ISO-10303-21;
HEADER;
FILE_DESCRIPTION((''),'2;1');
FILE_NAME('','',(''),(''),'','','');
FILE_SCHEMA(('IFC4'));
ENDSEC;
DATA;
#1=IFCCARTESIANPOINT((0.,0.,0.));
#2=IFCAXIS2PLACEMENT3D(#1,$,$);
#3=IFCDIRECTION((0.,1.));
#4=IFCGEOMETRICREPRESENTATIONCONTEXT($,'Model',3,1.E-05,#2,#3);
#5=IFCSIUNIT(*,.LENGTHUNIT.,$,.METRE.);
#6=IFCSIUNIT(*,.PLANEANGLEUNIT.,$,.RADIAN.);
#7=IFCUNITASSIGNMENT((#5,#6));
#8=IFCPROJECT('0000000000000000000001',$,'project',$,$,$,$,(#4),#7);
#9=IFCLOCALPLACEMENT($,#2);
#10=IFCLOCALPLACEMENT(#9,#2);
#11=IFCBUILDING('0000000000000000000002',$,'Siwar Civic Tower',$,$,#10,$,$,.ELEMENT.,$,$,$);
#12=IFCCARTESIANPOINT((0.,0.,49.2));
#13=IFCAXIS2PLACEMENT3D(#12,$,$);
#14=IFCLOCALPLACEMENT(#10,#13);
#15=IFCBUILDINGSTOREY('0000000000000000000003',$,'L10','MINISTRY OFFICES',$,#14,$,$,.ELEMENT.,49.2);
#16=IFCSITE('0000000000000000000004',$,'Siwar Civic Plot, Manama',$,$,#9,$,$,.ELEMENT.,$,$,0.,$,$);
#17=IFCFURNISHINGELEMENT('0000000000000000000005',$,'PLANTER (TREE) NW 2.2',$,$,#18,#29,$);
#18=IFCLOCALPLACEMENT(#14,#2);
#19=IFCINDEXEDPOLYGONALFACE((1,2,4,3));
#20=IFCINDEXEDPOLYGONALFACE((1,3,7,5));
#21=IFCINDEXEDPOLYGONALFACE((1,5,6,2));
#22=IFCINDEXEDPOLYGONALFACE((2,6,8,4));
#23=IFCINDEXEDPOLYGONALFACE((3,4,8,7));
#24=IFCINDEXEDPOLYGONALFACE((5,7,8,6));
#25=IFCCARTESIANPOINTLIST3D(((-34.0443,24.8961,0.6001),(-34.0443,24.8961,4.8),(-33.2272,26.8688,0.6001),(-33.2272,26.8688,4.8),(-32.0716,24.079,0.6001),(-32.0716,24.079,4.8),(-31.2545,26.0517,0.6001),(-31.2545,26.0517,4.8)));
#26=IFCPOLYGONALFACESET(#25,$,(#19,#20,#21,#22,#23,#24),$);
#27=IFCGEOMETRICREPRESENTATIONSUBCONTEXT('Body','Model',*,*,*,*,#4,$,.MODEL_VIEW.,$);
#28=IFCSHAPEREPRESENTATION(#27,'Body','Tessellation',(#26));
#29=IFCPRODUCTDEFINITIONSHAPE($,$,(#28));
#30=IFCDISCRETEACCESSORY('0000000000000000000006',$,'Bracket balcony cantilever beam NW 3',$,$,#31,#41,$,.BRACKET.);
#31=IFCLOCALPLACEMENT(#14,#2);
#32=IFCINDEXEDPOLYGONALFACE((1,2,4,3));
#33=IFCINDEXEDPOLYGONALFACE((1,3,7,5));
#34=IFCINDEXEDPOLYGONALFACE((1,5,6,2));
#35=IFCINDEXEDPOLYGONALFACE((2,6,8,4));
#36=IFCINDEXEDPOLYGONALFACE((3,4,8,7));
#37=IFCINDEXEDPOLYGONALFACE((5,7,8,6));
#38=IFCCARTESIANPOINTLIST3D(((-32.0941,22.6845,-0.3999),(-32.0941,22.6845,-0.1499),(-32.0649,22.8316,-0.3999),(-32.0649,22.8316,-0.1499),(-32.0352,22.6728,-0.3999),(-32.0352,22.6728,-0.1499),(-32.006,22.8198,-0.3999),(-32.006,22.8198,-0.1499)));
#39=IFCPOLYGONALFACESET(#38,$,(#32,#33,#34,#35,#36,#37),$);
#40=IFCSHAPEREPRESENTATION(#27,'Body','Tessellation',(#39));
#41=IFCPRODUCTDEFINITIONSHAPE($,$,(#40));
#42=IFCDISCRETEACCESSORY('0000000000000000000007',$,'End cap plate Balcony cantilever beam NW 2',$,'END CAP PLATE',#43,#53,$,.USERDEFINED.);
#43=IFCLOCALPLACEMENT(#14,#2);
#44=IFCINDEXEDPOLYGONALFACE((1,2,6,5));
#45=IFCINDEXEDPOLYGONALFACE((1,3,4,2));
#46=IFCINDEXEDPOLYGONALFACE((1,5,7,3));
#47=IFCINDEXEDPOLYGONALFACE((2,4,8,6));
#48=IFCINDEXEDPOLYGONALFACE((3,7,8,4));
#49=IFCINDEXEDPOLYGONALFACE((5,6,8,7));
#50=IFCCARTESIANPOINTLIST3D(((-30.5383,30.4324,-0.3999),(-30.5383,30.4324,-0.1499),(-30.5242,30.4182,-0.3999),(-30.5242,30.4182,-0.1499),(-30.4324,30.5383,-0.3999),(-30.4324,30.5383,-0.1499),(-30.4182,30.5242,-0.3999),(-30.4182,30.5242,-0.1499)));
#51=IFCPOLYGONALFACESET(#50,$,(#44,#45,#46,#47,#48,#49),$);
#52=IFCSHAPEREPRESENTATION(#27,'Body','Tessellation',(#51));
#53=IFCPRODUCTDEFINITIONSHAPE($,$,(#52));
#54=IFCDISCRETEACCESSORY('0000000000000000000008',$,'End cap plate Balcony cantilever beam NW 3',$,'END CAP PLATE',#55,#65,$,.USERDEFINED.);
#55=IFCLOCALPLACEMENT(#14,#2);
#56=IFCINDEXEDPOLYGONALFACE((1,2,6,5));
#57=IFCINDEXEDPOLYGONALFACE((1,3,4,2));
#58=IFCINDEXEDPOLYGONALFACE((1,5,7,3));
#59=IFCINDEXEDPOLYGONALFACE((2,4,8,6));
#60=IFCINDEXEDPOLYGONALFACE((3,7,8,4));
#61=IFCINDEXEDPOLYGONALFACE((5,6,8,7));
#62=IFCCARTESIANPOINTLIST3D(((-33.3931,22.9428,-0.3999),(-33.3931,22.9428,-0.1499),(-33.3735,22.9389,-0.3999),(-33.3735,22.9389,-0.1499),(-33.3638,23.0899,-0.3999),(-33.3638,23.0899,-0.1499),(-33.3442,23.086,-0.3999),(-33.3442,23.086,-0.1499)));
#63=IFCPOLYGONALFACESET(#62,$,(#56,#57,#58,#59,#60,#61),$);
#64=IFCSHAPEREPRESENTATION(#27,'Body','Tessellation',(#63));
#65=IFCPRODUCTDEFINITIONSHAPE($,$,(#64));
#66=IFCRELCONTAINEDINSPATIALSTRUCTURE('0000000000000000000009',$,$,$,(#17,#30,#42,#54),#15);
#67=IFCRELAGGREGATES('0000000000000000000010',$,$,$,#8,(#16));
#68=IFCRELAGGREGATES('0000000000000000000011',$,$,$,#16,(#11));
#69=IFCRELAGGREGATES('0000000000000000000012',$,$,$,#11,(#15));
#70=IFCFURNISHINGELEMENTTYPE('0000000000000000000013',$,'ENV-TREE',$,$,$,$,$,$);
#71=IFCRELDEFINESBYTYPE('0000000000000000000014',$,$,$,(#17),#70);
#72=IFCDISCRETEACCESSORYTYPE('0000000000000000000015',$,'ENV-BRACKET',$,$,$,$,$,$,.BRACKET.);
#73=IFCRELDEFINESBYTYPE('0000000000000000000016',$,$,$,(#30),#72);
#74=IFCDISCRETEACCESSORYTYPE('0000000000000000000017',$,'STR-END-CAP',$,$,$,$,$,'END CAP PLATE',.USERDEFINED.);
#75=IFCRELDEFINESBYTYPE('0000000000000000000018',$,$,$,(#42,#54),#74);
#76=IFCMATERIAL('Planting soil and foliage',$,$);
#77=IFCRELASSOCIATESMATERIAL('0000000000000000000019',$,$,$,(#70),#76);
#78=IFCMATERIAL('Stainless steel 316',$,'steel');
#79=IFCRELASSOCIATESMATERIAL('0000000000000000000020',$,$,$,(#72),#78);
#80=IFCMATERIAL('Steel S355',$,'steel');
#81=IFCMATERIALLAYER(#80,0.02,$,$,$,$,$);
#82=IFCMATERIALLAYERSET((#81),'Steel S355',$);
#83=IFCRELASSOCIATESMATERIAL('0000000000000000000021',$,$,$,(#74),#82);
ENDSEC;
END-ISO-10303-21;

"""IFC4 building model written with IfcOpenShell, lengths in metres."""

from ifc_helpers import new_model, si_unit, direction, frame, origin, origin_2d, place, context, subcontext, project, spatial, rectangle, extrude, material, layer, layer_set, type_object, element, save


model = new_model("IFC4")

# Units and contexts
model_context = context("Model", 3, precision=1e-05, world=origin(), true_north=direction((0.0, 1.0)))
body_context = subcontext(model_context, "Body", "Model", "MODEL_VIEW")
ifc_project = project(units=[si_unit("LENGTHUNIT", "METRE"), si_unit("PLANEANGLEUNIT", "RADIAN")], contexts=[model_context])

# Site, building, storey
site_placement = place(None, origin())
site = spatial("IfcSite", under=ifc_project, at=site_placement, Name="Siwar Civic Plot, Manama", CompositionType="ELEMENT", RefElevation=0.0)
building_placement = place(site_placement, origin())
building = spatial("IfcBuilding", under=site, at=building_placement, Name="Siwar Civic Tower", CompositionType="ELEMENT")
storey_placement = place(building_placement, frame((0.0, 0.0, 49.2)))
storey = spatial("IfcBuildingStorey", under=building, at=storey_placement, Name="L10", Description="MINISTRY OFFICES", CompositionType="ELEMENT", Elevation=49.2)

# Furnishing element
ifc_material_1 = material(Name="Planting soil and foliage")
furnishing_element_type_1 = type_object("IfcFurnishingElementType", Name="ENV-TREE", material=ifc_material_1)
for number, where, z_axis, x_axis, name in (
    (1, (-32.6494, 25.4739, 0.6001), (0.0, 0.0, 1.0), (-0.382683, -0.92388, 0.0), "PLANTER (TREE) NW 2.2"),
):
    element("IfcFurnishingElement", number, at=place(storey_placement, frame(where, z_axis=z_axis, x_axis=x_axis)), inside=storey, type_object=furnishing_element_type_1, Name=name, context=body_context, shape_type="SweptSolid", body=[
        extrude(rectangle(XDim=2.1353, YDim=2.1353, at=origin_2d()), origin(), (0.0, 0.0, 1.0), 4.2),
    ])

# Discrete accessories
ifc_material_2 = material(Name="Stainless steel 316", Category="steel")
discrete_accessory_type_1 = type_object("IfcDiscreteAccessoryType", Name="ENV-BRACKET", PredefinedType="BRACKET", material=ifc_material_2)
discrete_accessory_placement = place(storey_placement, frame((-32.05, 22.7522, -0.3999), z_axis=(0.0, 0.0, 1.0), x_axis=(-0.980785, 0.19509, 0.0)))
element("IfcDiscreteAccessory", 2, at=discrete_accessory_placement, inside=storey, type_object=discrete_accessory_type_1, Name="Bracket balcony cantilever beam NW 3", PredefinedType="BRACKET", context=body_context, shape_type="SweptSolid", body=[
    extrude(rectangle(XDim=0.0601, YDim=0.1499, at=origin_2d()), origin(), (0.0, 0.0, 1.0), 0.25),
])
ifc_material_3 = material(Name="Steel S355", Category="steel")
ifc_layer_1 = layer(ifc_material_3, 0.02)
ifc_layer_set_1 = layer_set([ifc_layer_1], Name="Steel S355")
discrete_accessory_type_2 = type_object("IfcDiscreteAccessoryType", Name="STR-END-CAP", ElementType="END CAP PLATE", PredefinedType="USERDEFINED", material=ifc_layer_set_1)
for number, where, z_axis, x_axis, name in (
    (3, (-30.4783, 30.4783, -0.3999), (0.0, 0.0, 1.0), (-0.707107, 0.707107, 0.0), "End cap plate Balcony cantilever beam NW 2"),
    (4, (-33.3687, 23.0144, -0.3999), (0.0, 0.0, 1.0), (-0.980785, 0.19509, 0.0), "End cap plate Balcony cantilever beam NW 3"),
):
    element("IfcDiscreteAccessory", number, at=place(storey_placement, frame(where, z_axis=z_axis, x_axis=x_axis)), inside=storey, type_object=discrete_accessory_type_2, Name=name, ObjectType="END CAP PLATE", PredefinedType="USERDEFINED", context=body_context, shape_type="SweptSolid", body=[
        extrude(rectangle(XDim=0.02, YDim=0.1499, at=origin_2d()), origin(), (0.0, 0.0, 1.0), 0.25),
    ])

save(model, "model.ifc")
